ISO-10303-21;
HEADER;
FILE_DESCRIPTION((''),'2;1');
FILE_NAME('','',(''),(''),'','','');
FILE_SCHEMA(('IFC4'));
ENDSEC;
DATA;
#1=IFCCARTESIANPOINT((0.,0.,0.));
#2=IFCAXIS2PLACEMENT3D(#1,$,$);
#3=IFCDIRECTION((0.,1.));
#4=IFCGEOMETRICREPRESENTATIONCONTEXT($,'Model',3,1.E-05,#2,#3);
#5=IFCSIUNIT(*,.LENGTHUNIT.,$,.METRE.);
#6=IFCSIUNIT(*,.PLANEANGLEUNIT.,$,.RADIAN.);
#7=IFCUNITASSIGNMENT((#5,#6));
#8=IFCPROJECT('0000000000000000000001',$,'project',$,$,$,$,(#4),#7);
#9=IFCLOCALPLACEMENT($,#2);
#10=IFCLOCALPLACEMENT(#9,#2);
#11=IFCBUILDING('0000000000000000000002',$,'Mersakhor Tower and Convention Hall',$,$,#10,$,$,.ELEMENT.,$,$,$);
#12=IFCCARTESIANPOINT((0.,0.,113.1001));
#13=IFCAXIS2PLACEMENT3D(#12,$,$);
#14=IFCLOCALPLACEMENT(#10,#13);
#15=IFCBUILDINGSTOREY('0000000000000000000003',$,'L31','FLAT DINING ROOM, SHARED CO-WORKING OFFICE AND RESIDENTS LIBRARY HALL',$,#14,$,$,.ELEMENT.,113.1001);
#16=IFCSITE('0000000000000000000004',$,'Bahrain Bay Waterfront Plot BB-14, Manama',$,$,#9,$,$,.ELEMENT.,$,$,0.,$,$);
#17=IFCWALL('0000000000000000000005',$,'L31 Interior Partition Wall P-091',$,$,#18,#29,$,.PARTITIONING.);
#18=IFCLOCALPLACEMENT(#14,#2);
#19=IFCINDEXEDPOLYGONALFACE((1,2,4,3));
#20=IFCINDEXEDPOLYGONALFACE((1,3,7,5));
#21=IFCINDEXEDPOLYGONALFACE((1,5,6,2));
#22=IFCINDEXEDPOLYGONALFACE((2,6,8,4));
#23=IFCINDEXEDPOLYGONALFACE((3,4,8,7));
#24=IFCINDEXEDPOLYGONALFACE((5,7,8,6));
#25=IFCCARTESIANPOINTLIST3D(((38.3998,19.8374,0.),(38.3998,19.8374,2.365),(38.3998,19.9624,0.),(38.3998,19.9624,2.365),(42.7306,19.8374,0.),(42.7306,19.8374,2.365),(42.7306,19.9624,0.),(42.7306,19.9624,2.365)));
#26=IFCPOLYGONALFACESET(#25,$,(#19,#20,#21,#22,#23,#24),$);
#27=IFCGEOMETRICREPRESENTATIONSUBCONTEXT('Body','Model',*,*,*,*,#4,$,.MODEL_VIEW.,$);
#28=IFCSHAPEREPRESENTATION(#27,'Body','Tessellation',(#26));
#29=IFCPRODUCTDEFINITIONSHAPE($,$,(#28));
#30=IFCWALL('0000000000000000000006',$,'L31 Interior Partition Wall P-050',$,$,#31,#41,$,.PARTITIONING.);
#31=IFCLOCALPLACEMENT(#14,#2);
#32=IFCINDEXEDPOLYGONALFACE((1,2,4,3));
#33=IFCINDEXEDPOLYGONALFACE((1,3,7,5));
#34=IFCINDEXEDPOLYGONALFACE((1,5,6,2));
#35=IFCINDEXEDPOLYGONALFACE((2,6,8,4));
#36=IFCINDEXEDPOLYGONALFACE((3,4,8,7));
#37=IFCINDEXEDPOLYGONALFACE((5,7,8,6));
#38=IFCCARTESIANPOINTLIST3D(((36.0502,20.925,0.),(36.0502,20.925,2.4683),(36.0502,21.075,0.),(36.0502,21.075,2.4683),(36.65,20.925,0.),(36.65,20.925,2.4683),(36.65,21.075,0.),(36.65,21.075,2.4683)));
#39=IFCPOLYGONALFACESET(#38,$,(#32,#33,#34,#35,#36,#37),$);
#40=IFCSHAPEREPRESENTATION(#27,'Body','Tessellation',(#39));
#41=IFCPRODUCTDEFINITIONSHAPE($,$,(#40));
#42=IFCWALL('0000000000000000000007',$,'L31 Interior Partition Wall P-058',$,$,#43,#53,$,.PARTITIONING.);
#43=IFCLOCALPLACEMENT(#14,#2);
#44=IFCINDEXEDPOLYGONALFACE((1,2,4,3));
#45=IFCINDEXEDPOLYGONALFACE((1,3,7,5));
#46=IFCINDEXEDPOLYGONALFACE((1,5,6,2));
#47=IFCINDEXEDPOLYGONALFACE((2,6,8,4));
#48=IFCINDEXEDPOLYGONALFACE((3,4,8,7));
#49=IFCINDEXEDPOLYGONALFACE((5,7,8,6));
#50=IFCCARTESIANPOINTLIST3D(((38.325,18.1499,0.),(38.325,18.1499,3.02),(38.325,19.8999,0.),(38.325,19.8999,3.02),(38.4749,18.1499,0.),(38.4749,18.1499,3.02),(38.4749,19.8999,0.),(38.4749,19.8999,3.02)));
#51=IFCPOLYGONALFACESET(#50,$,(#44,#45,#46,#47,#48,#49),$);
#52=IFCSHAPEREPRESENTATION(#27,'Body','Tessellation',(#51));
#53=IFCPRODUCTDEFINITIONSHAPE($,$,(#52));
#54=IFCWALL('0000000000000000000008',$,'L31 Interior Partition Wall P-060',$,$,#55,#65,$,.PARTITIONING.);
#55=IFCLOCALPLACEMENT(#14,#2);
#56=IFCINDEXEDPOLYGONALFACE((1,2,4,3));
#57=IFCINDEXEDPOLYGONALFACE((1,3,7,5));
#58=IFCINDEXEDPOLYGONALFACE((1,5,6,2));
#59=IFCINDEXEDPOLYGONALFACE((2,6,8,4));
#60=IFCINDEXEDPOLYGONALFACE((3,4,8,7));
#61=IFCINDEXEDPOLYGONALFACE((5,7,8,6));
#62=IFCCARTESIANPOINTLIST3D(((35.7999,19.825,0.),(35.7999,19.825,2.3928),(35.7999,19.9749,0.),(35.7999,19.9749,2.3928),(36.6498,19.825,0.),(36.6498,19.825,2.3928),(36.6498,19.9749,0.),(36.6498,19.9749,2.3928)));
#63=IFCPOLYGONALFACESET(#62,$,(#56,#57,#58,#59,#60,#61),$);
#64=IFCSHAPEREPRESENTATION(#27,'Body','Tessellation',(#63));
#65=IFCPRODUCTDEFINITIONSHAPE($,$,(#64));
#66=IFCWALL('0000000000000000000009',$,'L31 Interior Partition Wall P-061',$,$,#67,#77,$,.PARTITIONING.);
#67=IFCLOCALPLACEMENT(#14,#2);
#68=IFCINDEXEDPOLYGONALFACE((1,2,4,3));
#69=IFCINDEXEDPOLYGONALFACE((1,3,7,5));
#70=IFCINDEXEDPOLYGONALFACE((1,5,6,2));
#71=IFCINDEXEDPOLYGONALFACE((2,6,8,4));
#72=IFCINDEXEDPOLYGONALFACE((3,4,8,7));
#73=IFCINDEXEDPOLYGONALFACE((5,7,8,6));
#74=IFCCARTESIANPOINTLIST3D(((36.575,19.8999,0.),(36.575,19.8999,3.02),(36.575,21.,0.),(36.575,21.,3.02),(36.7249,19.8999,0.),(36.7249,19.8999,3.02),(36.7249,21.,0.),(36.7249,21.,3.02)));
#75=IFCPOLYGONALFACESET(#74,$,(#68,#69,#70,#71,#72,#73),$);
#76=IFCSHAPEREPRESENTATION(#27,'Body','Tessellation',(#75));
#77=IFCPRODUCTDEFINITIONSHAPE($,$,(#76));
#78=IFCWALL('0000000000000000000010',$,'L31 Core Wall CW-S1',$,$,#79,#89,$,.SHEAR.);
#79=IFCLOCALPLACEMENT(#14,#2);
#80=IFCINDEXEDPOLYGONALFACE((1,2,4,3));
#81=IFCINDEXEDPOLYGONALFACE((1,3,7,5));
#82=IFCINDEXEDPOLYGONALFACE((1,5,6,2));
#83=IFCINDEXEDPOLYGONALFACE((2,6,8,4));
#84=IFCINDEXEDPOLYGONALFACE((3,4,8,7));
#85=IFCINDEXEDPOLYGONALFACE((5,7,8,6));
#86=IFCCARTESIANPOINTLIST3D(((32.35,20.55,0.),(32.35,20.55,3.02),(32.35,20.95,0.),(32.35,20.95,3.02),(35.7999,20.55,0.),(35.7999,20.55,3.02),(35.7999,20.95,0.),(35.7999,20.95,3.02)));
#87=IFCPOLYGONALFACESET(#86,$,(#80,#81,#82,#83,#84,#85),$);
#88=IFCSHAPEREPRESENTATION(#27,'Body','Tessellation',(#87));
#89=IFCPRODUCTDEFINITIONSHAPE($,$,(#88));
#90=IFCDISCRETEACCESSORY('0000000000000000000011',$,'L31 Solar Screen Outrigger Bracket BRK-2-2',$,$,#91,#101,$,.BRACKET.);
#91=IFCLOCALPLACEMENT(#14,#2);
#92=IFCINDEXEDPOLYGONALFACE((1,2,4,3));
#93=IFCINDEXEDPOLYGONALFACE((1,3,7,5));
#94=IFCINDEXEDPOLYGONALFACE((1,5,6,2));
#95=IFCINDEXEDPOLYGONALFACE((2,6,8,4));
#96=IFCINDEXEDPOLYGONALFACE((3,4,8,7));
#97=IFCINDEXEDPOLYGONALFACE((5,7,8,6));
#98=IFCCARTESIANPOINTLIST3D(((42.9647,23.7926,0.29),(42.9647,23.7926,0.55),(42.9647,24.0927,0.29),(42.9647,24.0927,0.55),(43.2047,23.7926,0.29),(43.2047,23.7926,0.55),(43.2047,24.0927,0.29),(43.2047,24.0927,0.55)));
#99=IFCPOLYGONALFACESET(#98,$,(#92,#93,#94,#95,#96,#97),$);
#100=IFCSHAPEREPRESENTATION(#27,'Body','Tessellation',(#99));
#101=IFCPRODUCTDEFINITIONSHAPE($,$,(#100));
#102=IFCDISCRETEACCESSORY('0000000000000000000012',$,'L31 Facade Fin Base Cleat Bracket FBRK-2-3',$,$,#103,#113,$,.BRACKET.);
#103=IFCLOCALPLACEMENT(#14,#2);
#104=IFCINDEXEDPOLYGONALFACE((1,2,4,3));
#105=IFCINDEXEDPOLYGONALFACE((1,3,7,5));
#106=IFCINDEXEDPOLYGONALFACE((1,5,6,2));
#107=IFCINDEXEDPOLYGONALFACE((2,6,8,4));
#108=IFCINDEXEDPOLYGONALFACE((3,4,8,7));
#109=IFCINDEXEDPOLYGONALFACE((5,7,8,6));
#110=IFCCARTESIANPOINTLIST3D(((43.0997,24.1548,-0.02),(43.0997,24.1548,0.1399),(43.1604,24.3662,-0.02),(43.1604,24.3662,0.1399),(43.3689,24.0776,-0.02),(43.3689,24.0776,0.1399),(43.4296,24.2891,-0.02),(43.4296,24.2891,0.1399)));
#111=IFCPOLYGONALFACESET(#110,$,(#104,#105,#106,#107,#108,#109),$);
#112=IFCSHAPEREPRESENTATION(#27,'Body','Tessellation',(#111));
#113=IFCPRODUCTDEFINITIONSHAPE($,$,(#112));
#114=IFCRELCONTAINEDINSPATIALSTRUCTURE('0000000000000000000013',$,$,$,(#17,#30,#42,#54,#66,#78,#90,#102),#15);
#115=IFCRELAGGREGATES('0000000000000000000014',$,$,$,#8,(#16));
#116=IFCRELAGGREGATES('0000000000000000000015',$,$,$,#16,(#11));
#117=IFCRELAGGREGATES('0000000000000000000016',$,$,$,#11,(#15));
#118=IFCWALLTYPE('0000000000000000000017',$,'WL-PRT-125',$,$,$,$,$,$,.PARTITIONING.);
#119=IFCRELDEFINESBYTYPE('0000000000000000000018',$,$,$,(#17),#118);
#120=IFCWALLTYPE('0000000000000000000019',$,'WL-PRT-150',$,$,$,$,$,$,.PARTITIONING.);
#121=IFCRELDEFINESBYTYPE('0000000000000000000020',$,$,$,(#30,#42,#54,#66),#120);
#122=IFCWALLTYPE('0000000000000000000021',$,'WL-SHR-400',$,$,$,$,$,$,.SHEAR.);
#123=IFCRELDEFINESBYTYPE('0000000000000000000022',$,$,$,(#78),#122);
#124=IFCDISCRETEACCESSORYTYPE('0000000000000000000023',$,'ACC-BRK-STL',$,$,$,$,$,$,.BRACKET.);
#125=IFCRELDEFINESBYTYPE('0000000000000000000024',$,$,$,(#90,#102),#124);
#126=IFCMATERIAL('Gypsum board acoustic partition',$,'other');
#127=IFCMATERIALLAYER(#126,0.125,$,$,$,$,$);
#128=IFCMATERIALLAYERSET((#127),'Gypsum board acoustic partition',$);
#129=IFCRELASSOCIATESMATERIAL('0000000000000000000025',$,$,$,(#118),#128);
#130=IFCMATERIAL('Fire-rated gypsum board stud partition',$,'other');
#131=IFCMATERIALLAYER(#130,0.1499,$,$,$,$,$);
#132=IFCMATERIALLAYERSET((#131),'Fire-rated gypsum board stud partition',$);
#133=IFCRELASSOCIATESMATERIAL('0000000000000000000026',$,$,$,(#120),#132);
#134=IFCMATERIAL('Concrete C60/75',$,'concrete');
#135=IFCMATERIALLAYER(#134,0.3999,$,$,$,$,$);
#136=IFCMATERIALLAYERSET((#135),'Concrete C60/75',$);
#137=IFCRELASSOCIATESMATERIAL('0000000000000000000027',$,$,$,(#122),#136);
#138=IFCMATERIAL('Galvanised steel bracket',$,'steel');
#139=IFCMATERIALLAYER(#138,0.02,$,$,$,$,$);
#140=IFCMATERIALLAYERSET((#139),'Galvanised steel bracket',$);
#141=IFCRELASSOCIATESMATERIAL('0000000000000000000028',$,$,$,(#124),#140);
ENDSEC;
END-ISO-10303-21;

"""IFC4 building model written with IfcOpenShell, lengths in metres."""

from ifc_helpers import new_model, si_unit, direction, frame, frame_2d, origin, origin_2d, place, context, subcontext, project, spatial, rectangle, extrude, material, layer, layer_set, type_object, element, save


model = new_model("IFC4")

# Units and contexts
model_context = context("Model", 3, precision=1e-05, world=origin(), true_north=direction((0.0, 1.0)))
body_context = subcontext(model_context, "Body", "Model", "MODEL_VIEW")
ifc_project = project(units=[si_unit("LENGTHUNIT", "METRE"), si_unit("PLANEANGLEUNIT", "RADIAN")], contexts=[model_context])

# Site, building, storey
site_placement = place(None, origin())
site = spatial("IfcSite", under=ifc_project, at=site_placement, Name="Bahrain Bay Waterfront Plot BB-14, Manama", CompositionType="ELEMENT", RefElevation=0.0)
building_placement = place(site_placement, origin())
building = spatial("IfcBuilding", under=site, at=building_placement, Name="Mersakhor Tower and Convention Hall", CompositionType="ELEMENT")
storey_placement = place(building_placement, frame((0.0, 0.0, 113.1001)))
storey = spatial("IfcBuildingStorey", under=building, at=storey_placement, Name="L31", Description="FLAT DINING ROOM, SHARED CO-WORKING OFFICE AND RESIDENTS LIBRARY HALL", CompositionType="ELEMENT", Elevation=113.1001)

# Wall
ifc_material_1 = material(Name="Gypsum board acoustic partition", Category="other")
ifc_layer_1 = layer(ifc_material_1, 0.125)
ifc_layer_set_1 = layer_set([ifc_layer_1], Name="Gypsum board acoustic partition")
wall_type_1 = type_object("IfcWallType", Name="WL-PRT-125", PredefinedType="PARTITIONING", material=ifc_layer_set_1)
wall_1_placement = place(storey_placement, frame((42.7307, 19.8999, 0.0), z_axis=(0.0, 0.0, 1.0), x_axis=(-1.0, 0.0, 0.0)))
element("IfcWall", 1, at=wall_1_placement, inside=storey, type_object=wall_type_1, Name="L31 Interior Partition Wall P-091", PredefinedType="PARTITIONING", context=body_context, shape_type="SweptSolid", body=[
    extrude(rectangle(XDim=4.3308, YDim=0.125, at=frame_2d((2.1655, 0.0))), origin(), (0.0, 0.0, 1.0), 2.365),
])

# Shared definitions
ifc_material_2 = material(Name="Fire-rated gypsum board stud partition", Category="other")
ifc_layer_2 = layer(ifc_material_2, 0.1499)
ifc_layer_set_2 = layer_set([ifc_layer_2], Name="Fire-rated gypsum board stud partition")
wall_type_2 = type_object("IfcWallType", Name="WL-PRT-150", PredefinedType="PARTITIONING", material=ifc_layer_set_2)

# Walls
wall_2_placement = place(storey_placement, frame((36.6499, 21.0, 0.0), z_axis=(0.0, 0.0, 1.0), x_axis=(-1.0, 0.0, 0.0)))
element("IfcWall", 2, at=wall_2_placement, inside=storey, type_object=wall_type_2, Name="L31 Interior Partition Wall P-050", PredefinedType="PARTITIONING", context=body_context, shape_type="SweptSolid", body=[
    extrude(rectangle(XDim=0.5999, YDim=0.1499, at=frame_2d((0.2998, 0.0))), origin(), (0.0, 0.0, 1.0), 2.4683),
])
wall_3_placement = place(storey_placement, frame((38.3999, 19.8999, 0.0), z_axis=(0.0, 0.0, 1.0), x_axis=(0.0, -1.0, 0.0)))
element("IfcWall", 3, at=wall_3_placement, inside=storey, type_object=wall_type_2, Name="L31 Interior Partition Wall P-058", PredefinedType="PARTITIONING", context=body_context, shape_type="SweptSolid", body=[
    extrude(rectangle(XDim=1.75, YDim=0.1499, at=frame_2d((0.875, 0.0))), origin(), (0.0, 0.0, 1.0), 3.02),
])
wall_4_placement = place(storey_placement, frame((35.8, 19.8999, 0.0), z_axis=(0.0, 0.0, 1.0), x_axis=(1.0, 0.0, 0.0)))
element("IfcWall", 4, at=wall_4_placement, inside=storey, type_object=wall_type_2, Name="L31 Interior Partition Wall P-060", PredefinedType="PARTITIONING", context=body_context, shape_type="SweptSolid", body=[
    extrude(rectangle(XDim=0.8499, YDim=0.1499, at=frame_2d((0.4248, 0.0))), origin(), (0.0, 0.0, 1.0), 2.3928),
])
wall_5_placement = place(storey_placement, frame((36.6499, 19.8999, 0.0), z_axis=(0.0, 0.0, 1.0), x_axis=(0.0, 1.0, 0.0)))
element("IfcWall", 5, at=wall_5_placement, inside=storey, type_object=wall_type_2, Name="L31 Interior Partition Wall P-061", PredefinedType="PARTITIONING", context=body_context, shape_type="SweptSolid", body=[
    extrude(rectangle(XDim=1.1001, YDim=0.1499, at=frame_2d((0.55, 0.0))), origin(), (0.0, 0.0, 1.0), 3.02),
])
ifc_material_3 = material(Name="Concrete C60/75", Category="concrete")
ifc_layer_3 = layer(ifc_material_3, 0.3999)
ifc_layer_set_3 = layer_set([ifc_layer_3], Name="Concrete C60/75")
wall_type_3 = type_object("IfcWallType", Name="WL-SHR-400", PredefinedType="SHEAR", material=ifc_layer_set_3)
wall_6_placement = place(storey_placement, frame((35.8, 20.75, 0.0), z_axis=(0.0, 0.0, 1.0), x_axis=(-1.0, 0.0, 0.0)))
element("IfcWall", 6, at=wall_6_placement, inside=storey, type_object=wall_type_3, Name="L31 Core Wall CW-S1", PredefinedType="SHEAR", context=body_context, shape_type="SweptSolid", body=[
    extrude(rectangle(XDim=3.45, YDim=0.3999, at=frame_2d((1.7251, 0.0))), origin(), (0.0, 0.0, 1.0), 3.02),
])

# Discrete accessories
ifc_material_4 = material(Name="Galvanised steel bracket", Category="steel")
ifc_layer_4 = layer(ifc_material_4, 0.02)
ifc_layer_set_4 = layer_set([ifc_layer_4], Name="Galvanised steel bracket")
discrete_accessory_type = type_object("IfcDiscreteAccessoryType", Name="ACC-BRK-STL", PredefinedType="BRACKET", material=ifc_layer_set_4)
discrete_accessory_1_placement = place(storey_placement, frame((43.0847, 23.9426, 0.29), z_axis=(0.0, 0.0, 1.0), x_axis=(0.0, -1.0, 0.0)))
element("IfcDiscreteAccessory", 7, at=discrete_accessory_1_placement, inside=storey, type_object=discrete_accessory_type, Name="L31 Solar Screen Outrigger Bracket BRK-2-2", PredefinedType="BRACKET", context=body_context, shape_type="SweptSolid", body=[
    extrude(rectangle(XDim=0.3, YDim=0.24, at=origin_2d()), origin(), (0.0, 0.0, 1.0), 0.26),
])
discrete_accessory_2_placement = place(storey_placement, frame((43.2646, 24.2219, -0.02), z_axis=(0.0, 0.0, 1.0), x_axis=(0.961262, -0.275637, 0.0)))
element("IfcDiscreteAccessory", 8, at=discrete_accessory_2_placement, inside=storey, type_object=discrete_accessory_type, Name="L31 Facade Fin Base Cleat Bracket FBRK-2-3", PredefinedType="BRACKET", context=body_context, shape_type="SweptSolid", body=[
    extrude(rectangle(XDim=0.28, YDim=0.22, at=origin_2d()), origin(), (0.0, 0.0, 1.0), 0.1599),
])

save(model, "model.ifc")
